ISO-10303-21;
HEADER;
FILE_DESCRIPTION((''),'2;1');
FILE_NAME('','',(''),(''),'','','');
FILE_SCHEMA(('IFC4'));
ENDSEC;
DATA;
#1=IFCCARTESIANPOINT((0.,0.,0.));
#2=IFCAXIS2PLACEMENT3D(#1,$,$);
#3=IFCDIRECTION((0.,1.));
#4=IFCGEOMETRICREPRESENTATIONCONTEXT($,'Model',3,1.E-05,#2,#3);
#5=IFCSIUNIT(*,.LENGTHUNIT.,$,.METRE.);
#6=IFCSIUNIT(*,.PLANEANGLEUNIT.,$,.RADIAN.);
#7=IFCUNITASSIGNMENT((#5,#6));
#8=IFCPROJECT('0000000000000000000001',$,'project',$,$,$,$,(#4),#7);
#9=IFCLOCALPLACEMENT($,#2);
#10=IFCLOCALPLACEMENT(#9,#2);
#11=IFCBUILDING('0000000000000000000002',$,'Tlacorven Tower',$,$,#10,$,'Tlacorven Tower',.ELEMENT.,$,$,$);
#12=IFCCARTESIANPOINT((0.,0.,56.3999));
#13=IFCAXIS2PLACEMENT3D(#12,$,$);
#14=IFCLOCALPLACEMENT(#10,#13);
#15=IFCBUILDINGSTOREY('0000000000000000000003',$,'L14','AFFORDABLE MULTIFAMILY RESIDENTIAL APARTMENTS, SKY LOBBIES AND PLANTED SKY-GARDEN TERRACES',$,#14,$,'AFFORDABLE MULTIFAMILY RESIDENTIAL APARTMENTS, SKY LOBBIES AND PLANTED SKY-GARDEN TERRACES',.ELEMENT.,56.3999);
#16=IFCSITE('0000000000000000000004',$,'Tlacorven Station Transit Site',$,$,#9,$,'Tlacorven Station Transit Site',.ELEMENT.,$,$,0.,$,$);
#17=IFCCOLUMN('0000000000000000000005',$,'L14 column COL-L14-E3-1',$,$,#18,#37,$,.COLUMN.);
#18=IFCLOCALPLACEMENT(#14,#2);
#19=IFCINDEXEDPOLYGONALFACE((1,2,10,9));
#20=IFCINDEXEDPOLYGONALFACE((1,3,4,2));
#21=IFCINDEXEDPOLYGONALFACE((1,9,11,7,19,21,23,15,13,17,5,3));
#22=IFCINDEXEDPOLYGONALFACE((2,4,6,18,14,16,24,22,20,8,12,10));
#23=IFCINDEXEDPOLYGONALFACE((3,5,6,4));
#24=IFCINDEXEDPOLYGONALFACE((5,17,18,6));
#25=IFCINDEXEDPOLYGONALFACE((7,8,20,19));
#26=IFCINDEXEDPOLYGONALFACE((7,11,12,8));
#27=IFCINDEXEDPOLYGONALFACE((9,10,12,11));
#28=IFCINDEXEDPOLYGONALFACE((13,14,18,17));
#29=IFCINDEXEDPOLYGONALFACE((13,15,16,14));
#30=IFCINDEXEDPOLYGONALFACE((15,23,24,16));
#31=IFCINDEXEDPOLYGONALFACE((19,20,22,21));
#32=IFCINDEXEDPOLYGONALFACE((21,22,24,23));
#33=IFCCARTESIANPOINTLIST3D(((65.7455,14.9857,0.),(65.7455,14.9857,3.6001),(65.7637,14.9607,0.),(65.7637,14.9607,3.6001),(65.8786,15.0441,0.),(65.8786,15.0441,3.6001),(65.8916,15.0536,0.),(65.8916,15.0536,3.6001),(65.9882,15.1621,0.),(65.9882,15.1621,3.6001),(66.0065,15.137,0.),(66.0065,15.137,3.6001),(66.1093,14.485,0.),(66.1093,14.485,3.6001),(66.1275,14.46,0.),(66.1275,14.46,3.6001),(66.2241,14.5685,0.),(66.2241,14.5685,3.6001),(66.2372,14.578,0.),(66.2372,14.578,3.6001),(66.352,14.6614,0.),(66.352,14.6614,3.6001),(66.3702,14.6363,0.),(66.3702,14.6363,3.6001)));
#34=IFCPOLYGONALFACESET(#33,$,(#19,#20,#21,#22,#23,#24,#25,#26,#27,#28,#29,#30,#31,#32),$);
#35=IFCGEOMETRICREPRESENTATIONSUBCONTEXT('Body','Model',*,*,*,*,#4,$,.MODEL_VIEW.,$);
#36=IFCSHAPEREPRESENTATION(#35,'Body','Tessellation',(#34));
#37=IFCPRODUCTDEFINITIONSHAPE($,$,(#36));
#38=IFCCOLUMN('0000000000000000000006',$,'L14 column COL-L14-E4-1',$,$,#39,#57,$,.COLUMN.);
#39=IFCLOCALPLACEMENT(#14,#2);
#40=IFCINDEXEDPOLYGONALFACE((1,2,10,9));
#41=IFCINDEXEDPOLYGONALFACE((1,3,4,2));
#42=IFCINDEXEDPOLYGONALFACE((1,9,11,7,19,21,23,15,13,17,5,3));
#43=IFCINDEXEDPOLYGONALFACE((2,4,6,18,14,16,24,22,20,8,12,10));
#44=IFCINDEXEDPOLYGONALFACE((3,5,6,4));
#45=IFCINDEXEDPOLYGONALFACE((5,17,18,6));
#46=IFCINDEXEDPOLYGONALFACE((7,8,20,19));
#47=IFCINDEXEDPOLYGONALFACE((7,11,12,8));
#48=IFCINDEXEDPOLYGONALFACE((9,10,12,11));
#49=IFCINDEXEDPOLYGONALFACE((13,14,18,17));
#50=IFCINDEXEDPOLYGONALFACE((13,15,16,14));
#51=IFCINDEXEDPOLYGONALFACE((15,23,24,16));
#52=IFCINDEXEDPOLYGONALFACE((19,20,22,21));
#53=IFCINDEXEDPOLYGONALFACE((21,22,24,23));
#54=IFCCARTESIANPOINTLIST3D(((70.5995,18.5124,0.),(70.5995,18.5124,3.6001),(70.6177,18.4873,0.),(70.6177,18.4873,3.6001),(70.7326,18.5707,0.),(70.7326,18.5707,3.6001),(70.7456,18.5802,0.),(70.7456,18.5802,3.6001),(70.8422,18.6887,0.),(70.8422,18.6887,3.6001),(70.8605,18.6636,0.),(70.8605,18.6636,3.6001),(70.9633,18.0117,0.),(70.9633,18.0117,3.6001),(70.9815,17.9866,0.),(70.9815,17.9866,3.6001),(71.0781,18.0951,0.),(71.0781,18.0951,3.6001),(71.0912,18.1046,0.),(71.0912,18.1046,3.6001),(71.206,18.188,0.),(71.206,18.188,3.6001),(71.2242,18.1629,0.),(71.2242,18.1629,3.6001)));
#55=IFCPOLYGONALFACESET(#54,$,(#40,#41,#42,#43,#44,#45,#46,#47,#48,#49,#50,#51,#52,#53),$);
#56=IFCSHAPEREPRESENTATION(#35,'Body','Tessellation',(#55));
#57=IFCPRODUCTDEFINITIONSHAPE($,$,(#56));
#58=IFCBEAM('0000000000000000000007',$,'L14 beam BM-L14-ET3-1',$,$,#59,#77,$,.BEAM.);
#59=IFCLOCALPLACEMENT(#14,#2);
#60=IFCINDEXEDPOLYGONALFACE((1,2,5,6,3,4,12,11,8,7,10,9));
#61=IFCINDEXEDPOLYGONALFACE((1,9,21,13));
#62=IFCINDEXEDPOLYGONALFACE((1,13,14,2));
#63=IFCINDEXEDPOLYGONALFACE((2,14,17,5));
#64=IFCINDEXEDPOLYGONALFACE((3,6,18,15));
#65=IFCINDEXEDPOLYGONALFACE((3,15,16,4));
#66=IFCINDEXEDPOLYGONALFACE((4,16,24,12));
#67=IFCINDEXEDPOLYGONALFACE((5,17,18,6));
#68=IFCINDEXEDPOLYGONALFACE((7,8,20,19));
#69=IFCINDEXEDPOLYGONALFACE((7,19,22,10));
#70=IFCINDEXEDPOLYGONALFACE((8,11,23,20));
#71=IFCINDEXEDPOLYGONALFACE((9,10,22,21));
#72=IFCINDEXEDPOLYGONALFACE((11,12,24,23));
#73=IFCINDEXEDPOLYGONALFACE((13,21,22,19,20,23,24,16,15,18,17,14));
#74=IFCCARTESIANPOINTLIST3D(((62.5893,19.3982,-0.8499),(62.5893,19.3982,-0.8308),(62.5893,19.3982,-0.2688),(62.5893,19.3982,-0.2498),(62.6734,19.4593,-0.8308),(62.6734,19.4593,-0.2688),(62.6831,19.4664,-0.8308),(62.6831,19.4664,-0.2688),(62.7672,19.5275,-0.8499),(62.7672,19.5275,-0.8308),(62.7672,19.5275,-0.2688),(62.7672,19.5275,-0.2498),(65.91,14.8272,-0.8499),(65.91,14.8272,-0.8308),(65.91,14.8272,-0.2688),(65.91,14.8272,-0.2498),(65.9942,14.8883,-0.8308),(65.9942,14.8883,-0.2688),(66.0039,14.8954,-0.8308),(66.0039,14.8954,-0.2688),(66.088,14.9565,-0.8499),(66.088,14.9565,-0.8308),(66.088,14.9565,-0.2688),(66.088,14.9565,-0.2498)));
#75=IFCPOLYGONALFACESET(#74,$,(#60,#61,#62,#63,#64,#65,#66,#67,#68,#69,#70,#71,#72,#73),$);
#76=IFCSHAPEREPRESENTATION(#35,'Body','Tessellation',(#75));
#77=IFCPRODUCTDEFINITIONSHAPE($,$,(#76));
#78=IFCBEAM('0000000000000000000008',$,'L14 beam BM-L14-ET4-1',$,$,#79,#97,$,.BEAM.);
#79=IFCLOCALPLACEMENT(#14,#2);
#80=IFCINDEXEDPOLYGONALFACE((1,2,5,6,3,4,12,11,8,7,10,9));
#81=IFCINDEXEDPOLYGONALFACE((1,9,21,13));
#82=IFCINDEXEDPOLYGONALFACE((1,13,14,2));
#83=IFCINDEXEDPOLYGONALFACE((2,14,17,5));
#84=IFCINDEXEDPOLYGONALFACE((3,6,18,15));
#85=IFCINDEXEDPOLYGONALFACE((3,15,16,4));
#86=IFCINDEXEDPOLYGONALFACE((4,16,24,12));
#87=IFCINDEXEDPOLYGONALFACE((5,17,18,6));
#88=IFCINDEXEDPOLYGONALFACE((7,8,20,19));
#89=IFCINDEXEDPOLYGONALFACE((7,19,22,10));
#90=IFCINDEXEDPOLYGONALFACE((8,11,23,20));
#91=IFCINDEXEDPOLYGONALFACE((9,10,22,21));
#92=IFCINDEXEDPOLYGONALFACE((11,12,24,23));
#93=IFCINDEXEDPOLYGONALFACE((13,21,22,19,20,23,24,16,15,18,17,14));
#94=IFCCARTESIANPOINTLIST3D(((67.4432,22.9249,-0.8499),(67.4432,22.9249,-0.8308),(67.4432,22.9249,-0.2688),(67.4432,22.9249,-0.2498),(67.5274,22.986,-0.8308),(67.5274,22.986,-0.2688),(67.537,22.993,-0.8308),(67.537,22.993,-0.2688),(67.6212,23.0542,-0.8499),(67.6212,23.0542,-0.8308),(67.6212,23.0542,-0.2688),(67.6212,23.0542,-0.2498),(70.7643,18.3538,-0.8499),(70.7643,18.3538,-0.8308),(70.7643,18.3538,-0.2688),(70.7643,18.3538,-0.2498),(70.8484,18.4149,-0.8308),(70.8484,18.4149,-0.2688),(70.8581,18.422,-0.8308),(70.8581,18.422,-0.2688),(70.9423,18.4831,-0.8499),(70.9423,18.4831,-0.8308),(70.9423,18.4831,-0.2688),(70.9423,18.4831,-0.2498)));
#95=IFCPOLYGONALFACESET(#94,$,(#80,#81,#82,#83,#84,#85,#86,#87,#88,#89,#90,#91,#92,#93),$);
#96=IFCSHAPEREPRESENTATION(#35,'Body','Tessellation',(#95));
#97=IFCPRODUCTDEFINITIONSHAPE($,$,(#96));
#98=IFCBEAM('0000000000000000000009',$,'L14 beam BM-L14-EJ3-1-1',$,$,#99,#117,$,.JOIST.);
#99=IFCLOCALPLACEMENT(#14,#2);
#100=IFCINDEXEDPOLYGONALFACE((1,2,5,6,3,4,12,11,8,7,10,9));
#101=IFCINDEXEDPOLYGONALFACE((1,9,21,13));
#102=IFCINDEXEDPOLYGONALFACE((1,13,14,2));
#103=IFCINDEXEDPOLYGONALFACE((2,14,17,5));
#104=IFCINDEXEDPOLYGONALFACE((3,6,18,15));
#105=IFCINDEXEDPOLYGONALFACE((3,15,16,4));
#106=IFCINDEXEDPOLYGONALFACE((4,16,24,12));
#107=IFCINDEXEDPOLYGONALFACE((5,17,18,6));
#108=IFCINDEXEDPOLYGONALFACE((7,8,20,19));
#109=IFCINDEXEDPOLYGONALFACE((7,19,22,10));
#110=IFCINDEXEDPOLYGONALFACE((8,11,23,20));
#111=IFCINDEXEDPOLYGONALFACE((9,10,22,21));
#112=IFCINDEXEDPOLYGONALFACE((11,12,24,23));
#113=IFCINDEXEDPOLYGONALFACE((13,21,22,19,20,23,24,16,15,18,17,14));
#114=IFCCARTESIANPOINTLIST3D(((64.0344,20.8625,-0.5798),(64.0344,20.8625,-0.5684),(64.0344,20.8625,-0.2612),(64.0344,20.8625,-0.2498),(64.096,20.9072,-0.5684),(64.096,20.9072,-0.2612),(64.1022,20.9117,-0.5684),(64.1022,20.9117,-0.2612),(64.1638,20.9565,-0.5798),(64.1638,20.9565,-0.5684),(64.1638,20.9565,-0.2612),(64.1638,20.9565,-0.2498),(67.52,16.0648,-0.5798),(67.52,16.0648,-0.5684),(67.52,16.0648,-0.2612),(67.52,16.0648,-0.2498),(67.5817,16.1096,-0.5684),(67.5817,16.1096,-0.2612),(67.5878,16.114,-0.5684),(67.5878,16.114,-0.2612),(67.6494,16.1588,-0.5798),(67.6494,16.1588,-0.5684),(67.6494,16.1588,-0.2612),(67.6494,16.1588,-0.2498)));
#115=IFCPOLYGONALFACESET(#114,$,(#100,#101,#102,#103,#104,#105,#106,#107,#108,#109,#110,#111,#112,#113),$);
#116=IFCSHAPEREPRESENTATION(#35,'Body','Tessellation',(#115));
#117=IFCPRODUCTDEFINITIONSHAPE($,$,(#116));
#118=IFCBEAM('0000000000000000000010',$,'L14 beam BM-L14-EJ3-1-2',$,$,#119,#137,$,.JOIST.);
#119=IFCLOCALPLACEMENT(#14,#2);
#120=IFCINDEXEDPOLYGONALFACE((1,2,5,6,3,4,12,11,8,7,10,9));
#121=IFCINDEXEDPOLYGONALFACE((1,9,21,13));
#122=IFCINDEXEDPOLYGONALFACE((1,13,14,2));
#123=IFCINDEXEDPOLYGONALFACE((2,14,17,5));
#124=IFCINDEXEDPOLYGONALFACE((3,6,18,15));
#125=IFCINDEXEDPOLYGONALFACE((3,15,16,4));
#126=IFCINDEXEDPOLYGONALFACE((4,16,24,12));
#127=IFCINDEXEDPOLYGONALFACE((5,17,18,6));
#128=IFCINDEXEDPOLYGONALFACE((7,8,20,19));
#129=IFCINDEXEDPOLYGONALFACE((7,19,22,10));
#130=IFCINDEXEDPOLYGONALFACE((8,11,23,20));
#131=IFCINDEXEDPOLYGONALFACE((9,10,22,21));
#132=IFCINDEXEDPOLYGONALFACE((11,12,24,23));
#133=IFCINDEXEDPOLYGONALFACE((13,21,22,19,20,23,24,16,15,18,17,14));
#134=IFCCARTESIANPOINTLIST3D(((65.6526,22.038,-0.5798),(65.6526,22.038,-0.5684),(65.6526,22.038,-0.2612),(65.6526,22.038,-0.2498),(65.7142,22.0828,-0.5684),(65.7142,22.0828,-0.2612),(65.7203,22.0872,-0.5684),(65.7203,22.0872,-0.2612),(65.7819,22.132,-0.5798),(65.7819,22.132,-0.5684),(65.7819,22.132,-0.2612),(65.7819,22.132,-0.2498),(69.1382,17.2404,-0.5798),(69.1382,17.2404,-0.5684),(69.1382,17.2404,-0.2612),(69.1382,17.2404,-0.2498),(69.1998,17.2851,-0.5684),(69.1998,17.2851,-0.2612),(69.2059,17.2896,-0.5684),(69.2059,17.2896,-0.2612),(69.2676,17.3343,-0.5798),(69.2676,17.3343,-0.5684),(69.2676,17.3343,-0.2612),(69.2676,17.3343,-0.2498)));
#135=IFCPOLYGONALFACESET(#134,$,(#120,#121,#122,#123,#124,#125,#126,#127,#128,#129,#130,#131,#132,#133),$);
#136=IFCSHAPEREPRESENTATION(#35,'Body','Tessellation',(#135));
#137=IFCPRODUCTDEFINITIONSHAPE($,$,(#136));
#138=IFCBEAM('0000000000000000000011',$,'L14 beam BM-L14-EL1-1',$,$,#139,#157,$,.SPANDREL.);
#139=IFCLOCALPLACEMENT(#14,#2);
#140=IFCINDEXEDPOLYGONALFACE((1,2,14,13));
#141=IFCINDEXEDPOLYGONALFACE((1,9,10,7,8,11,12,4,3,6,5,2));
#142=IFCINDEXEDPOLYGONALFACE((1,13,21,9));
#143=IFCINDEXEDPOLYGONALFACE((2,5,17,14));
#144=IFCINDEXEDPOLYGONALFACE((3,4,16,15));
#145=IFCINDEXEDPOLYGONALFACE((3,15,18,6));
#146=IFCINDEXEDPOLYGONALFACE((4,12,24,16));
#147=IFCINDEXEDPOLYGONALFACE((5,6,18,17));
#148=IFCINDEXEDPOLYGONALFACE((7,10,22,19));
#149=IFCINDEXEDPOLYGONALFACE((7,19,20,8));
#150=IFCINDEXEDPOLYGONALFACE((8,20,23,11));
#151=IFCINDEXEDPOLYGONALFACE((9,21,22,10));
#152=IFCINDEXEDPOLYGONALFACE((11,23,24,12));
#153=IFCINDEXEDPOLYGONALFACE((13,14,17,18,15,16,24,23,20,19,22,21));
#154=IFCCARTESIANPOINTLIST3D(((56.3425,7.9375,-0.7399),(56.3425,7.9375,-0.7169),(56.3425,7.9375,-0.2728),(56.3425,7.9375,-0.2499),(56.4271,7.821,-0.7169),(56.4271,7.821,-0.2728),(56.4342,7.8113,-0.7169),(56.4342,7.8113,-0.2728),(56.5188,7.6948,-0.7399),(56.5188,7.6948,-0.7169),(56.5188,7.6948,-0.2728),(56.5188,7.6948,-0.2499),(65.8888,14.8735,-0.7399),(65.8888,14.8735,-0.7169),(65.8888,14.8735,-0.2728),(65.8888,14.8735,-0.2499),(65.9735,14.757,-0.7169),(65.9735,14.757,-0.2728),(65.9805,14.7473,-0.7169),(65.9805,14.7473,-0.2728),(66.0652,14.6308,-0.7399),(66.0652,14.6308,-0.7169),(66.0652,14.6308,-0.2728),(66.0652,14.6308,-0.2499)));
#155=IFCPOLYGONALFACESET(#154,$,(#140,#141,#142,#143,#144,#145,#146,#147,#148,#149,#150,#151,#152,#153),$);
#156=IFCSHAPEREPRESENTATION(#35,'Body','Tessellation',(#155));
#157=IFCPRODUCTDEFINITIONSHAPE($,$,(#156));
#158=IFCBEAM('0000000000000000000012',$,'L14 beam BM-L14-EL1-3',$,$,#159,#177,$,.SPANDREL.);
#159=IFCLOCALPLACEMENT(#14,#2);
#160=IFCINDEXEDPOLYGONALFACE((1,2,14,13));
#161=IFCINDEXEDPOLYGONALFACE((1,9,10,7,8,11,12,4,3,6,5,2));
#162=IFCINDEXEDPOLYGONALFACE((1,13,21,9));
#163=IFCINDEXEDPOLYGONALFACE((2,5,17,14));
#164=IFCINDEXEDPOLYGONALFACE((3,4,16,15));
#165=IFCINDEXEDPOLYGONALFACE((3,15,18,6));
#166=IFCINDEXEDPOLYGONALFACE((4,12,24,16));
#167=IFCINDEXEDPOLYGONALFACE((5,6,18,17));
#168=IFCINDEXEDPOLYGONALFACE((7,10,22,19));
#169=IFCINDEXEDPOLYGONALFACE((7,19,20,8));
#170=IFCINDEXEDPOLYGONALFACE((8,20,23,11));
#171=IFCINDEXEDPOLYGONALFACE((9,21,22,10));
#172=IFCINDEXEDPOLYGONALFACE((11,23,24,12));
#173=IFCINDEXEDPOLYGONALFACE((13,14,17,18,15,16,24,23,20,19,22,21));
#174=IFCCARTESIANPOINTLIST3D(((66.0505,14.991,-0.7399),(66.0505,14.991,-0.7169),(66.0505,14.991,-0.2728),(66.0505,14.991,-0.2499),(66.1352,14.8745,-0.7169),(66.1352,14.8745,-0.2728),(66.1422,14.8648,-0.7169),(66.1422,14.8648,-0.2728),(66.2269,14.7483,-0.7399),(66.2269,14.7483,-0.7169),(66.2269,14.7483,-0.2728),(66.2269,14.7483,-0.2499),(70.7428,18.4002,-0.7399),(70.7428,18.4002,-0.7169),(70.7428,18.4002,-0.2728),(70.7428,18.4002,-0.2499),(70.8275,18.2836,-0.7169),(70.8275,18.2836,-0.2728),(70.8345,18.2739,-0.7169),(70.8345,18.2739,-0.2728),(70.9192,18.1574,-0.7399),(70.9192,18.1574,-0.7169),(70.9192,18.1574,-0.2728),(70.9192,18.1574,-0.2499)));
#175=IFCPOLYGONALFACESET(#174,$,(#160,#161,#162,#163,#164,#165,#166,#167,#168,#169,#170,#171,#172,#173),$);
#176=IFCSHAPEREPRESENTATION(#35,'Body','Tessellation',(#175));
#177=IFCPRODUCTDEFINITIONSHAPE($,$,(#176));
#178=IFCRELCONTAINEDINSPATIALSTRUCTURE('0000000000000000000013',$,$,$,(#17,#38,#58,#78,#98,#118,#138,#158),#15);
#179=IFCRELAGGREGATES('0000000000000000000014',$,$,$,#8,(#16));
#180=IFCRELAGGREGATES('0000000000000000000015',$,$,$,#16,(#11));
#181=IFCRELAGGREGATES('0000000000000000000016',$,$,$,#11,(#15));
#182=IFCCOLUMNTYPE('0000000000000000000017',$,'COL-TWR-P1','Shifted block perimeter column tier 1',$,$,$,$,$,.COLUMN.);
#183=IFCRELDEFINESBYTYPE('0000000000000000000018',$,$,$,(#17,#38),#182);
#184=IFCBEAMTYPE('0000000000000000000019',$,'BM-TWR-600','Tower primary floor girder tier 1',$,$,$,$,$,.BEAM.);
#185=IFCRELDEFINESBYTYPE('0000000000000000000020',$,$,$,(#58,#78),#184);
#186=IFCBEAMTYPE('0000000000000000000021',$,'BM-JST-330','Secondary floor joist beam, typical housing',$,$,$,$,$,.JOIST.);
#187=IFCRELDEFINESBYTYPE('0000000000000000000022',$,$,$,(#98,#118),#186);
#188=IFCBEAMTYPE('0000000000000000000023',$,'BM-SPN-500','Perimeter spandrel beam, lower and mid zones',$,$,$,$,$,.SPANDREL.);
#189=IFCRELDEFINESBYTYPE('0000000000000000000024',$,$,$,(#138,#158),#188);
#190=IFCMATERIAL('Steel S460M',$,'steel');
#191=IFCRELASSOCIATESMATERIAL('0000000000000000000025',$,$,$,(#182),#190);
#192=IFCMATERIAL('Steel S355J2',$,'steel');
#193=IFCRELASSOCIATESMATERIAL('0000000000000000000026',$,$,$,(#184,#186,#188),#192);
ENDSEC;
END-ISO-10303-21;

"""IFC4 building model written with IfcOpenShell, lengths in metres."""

from ifc_helpers import new_model, si_unit, direction, frame, origin, origin_2d, place, context, subcontext, project, spatial, i_section, extrude, source, transform, mapped, material, material_profile, profile_set, type_object, element, save


model = new_model("IFC4")

# Units and contexts
model_context = context("Model", 3, precision=1e-05, world=origin(), true_north=direction((0.0, 1.0)))
body_context = subcontext(model_context, "Body", "Model", "MODEL_VIEW")
ifc_project = project(units=[si_unit("LENGTHUNIT", "METRE"), si_unit("PLANEANGLEUNIT", "RADIAN")], contexts=[model_context])

# Site, building, storey
site_placement = place(None, origin())
site = spatial("IfcSite", under=ifc_project, at=site_placement, Name="Tlacorven Station Transit Site", LongName="Tlacorven Station Transit Site", CompositionType="ELEMENT", RefElevation=0.0)
building_placement = place(site_placement, origin())
building = spatial("IfcBuilding", under=site, at=building_placement, Name="Tlacorven Tower", LongName="Tlacorven Tower", CompositionType="ELEMENT")
storey_placement = place(building_placement, frame((0.0, 0.0, 56.3999)))
storey = spatial("IfcBuildingStorey", under=building, at=storey_placement, Name="L14", Description="AFFORDABLE MULTIFAMILY RESIDENTIAL APARTMENTS, SKY LOBBIES AND PLANTED SKY-GARDEN TERRACES", LongName="AFFORDABLE MULTIFAMILY RESIDENTIAL APARTMENTS, SKY LOBBIES AND PLANTED SKY-GARDEN TERRACES", CompositionType="ELEMENT", Elevation=56.3999)

# Columns
ifc_material_1 = material(Name="Steel S460M", Category="steel")
ifc_material_profile_1 = material_profile(ifc_material_1, i_section(OverallWidth=0.3, OverallDepth=0.6499, WebThickness=0.0161, FlangeThickness=0.031, at=origin_2d()), Name="HEB 650")
ifc_profile_set_1 = profile_set([ifc_material_profile_1], Name="Steel S460M")
column_type = type_object("IfcColumnType", Name="COL-TWR-P1", Description="Shifted block perimeter column tier 1", PredefinedType="COLUMN", material=ifc_profile_set_1)
shared_shape_1 = source(origin(), body_context, "Body", "SweptSolid", [
    extrude(i_section(OverallWidth=0.3, OverallDepth=0.6499, WebThickness=0.0161, FlangeThickness=0.031, at=origin_2d()), origin(), (0.0, 0.0, 1.0), 3.6001),
])
for number, where, z_axis, x_axis, name in (
    (1, (66.0579, 14.811, 0.0), (0.0, 0.0, 1.0), (0.809017, 0.587785, 0.0), "L14 column COL-L14-E3-1"),
    (2, (70.9119, 18.3376, 0.0), (0.0, 0.0, 1.0), (0.809017, 0.587785, 0.0), "L14 column COL-L14-E4-1"),
):
    element("IfcColumn", number, at=place(storey_placement, frame(where, z_axis=z_axis, x_axis=x_axis)), inside=storey, type_object=column_type, Name=name, PredefinedType="COLUMN", context=body_context, shape_type="MappedRepresentation", body=[
        mapped(shared_shape_1, transform((0.0, 0.0, 0.0), scale=1.0)),
    ])

# Beams
ifc_material_2 = material(Name="Steel S355J2", Category="steel")
ifc_material_profile_2 = material_profile(ifc_material_2, i_section(OverallWidth=0.22, OverallDepth=0.6001, WebThickness=0.012, FlangeThickness=0.019, at=origin_2d()), Name="IPE 600")
ifc_profile_set_2 = profile_set([ifc_material_profile_2], Name="Steel S355J2")
beam_type_1 = type_object("IfcBeamType", Name="BM-TWR-600", Description="Tower primary floor girder tier 1", PredefinedType="BEAM", material=ifc_profile_set_2)
shared_shape_2 = source(origin(), body_context, "Body", "SweptSolid", [
    extrude(i_section(OverallWidth=0.22, OverallDepth=0.6001, WebThickness=0.012, FlangeThickness=0.019, at=origin_2d()), origin(), (0.0, 0.0, 1.0), 5.6499),
])
beam_1_placement = place(storey_placement, frame((65.999, 14.8918, -0.5498), z_axis=(-0.587755, 0.809039, 0.0), x_axis=(-0.809039, -0.587755, 0.0)))
element("IfcBeam", 3, at=beam_1_placement, inside=storey, type_object=beam_type_1, Name="L14 beam BM-L14-ET3-1", PredefinedType="BEAM", context=body_context, shape_type="MappedRepresentation", body=[
    mapped(shared_shape_2, transform((0.0, 0.0, 0.0), scale=1.0)),
])
shared_shape_3 = source(origin(), body_context, "Body", "SweptSolid", [
    extrude(i_section(OverallWidth=0.22, OverallDepth=0.6001, WebThickness=0.012, FlangeThickness=0.019, at=origin_2d()), origin(), (0.0, 0.0, 1.0), 5.6501),
])
beam_2_placement = place(storey_placement, frame((70.8533, 18.4185, -0.5498), z_axis=(-0.587784, 0.809018, 0.0), x_axis=(-0.809018, -0.587784, 0.0)))
element("IfcBeam", 4, at=beam_2_placement, inside=storey, type_object=beam_type_1, Name="L14 beam BM-L14-ET4-1", PredefinedType="BEAM", context=body_context, shape_type="MappedRepresentation", body=[
    mapped(shared_shape_3, transform((0.0, 0.0, 0.0), scale=1.0)),
])
ifc_material_profile_3 = material_profile(ifc_material_2, i_section(OverallWidth=0.1599, OverallDepth=0.3301, WebThickness=0.0076, FlangeThickness=0.0115, at=origin_2d()), Name="IPE 330")
ifc_profile_set_3 = profile_set([ifc_material_profile_3], Name="Steel S355J2")
beam_type_2 = type_object("IfcBeamType", Name="BM-JST-330", Description="Secondary floor joist beam, typical housing", PredefinedType="JOIST", material=ifc_profile_set_3)
shared_shape_4 = source(origin(), body_context, "Body", "SweptSolid", [
    extrude(i_section(OverallWidth=0.1599, OverallDepth=0.3301, WebThickness=0.0076, FlangeThickness=0.0115, at=origin_2d()), origin(), (0.0, 0.0, 1.0), 5.9302),
])
for number, where, z_axis, x_axis, name in (
    (5, (67.5847, 16.1118, -0.4148), (-0.587778, 0.809023, 0.0), (-0.809023, -0.587778, 0.0), "L14 beam BM-L14-EJ3-1-1"),
    (6, (69.2029, 17.2874, -0.4148), (-0.587778, 0.809023, 0.0), (-0.809023, -0.587778, 0.0), "L14 beam BM-L14-EJ3-1-2"),
):
    element("IfcBeam", number, at=place(storey_placement, frame(where, z_axis=z_axis, x_axis=x_axis)), inside=storey, type_object=beam_type_2, Name=name, PredefinedType="JOIST", context=body_context, shape_type="MappedRepresentation", body=[
        mapped(shared_shape_4, transform((0.0, 0.0, 0.0), scale=1.0)),
    ])
ifc_material_profile_4 = material_profile(ifc_material_2, i_section(OverallWidth=0.3, OverallDepth=0.49, WebThickness=0.012, FlangeThickness=0.0229, at=origin_2d()), Name="HEA 500")
ifc_profile_set_4 = profile_set([ifc_material_profile_4], Name="Steel S355J2")
beam_type_3 = type_object("IfcBeamType", Name="BM-SPN-500", Description="Perimeter spandrel beam, lower and mid zones", PredefinedType="SPANDREL", material=ifc_profile_set_4)
shared_shape_5 = source(origin(), body_context, "Body", "SweptSolid", [
    extrude(i_section(OverallWidth=0.3, OverallDepth=0.49, WebThickness=0.012, FlangeThickness=0.0229, at=origin_2d()), origin(), (0.0, 0.0, 1.0), 11.8),
])
beam_3_placement = place(storey_placement, frame((56.4307, 7.8162, -0.4949), z_axis=(0.80901, 0.587795, 0.0), x_axis=(-0.587795, 0.80901, 0.0)))
element("IfcBeam", 7, at=beam_3_placement, inside=storey, type_object=beam_type_3, Name="L14 beam BM-L14-EL1-1", PredefinedType="SPANDREL", context=body_context, shape_type="MappedRepresentation", body=[
    mapped(shared_shape_5, transform((0.0, 0.0, 0.0), scale=1.0)),
])
shared_shape_6 = source(origin(), body_context, "Body", "SweptSolid", [
    extrude(i_section(OverallWidth=0.3, OverallDepth=0.49, WebThickness=0.012, FlangeThickness=0.0229, at=origin_2d()), origin(), (0.0, 0.0, 1.0), 5.8),
])
beam_4_placement = place(storey_placement, frame((66.1387, 14.8696, -0.4949), z_axis=(0.80902, 0.587781, 0.0), x_axis=(-0.587781, 0.80902, 0.0)))
element("IfcBeam", 8, at=beam_4_placement, inside=storey, type_object=beam_type_3, Name="L14 beam BM-L14-EL1-3", PredefinedType="SPANDREL", context=body_context, shape_type="MappedRepresentation", body=[
    mapped(shared_shape_6, transform((0.0, 0.0, 0.0), scale=1.0)),
])

save(model, "model.ifc")
